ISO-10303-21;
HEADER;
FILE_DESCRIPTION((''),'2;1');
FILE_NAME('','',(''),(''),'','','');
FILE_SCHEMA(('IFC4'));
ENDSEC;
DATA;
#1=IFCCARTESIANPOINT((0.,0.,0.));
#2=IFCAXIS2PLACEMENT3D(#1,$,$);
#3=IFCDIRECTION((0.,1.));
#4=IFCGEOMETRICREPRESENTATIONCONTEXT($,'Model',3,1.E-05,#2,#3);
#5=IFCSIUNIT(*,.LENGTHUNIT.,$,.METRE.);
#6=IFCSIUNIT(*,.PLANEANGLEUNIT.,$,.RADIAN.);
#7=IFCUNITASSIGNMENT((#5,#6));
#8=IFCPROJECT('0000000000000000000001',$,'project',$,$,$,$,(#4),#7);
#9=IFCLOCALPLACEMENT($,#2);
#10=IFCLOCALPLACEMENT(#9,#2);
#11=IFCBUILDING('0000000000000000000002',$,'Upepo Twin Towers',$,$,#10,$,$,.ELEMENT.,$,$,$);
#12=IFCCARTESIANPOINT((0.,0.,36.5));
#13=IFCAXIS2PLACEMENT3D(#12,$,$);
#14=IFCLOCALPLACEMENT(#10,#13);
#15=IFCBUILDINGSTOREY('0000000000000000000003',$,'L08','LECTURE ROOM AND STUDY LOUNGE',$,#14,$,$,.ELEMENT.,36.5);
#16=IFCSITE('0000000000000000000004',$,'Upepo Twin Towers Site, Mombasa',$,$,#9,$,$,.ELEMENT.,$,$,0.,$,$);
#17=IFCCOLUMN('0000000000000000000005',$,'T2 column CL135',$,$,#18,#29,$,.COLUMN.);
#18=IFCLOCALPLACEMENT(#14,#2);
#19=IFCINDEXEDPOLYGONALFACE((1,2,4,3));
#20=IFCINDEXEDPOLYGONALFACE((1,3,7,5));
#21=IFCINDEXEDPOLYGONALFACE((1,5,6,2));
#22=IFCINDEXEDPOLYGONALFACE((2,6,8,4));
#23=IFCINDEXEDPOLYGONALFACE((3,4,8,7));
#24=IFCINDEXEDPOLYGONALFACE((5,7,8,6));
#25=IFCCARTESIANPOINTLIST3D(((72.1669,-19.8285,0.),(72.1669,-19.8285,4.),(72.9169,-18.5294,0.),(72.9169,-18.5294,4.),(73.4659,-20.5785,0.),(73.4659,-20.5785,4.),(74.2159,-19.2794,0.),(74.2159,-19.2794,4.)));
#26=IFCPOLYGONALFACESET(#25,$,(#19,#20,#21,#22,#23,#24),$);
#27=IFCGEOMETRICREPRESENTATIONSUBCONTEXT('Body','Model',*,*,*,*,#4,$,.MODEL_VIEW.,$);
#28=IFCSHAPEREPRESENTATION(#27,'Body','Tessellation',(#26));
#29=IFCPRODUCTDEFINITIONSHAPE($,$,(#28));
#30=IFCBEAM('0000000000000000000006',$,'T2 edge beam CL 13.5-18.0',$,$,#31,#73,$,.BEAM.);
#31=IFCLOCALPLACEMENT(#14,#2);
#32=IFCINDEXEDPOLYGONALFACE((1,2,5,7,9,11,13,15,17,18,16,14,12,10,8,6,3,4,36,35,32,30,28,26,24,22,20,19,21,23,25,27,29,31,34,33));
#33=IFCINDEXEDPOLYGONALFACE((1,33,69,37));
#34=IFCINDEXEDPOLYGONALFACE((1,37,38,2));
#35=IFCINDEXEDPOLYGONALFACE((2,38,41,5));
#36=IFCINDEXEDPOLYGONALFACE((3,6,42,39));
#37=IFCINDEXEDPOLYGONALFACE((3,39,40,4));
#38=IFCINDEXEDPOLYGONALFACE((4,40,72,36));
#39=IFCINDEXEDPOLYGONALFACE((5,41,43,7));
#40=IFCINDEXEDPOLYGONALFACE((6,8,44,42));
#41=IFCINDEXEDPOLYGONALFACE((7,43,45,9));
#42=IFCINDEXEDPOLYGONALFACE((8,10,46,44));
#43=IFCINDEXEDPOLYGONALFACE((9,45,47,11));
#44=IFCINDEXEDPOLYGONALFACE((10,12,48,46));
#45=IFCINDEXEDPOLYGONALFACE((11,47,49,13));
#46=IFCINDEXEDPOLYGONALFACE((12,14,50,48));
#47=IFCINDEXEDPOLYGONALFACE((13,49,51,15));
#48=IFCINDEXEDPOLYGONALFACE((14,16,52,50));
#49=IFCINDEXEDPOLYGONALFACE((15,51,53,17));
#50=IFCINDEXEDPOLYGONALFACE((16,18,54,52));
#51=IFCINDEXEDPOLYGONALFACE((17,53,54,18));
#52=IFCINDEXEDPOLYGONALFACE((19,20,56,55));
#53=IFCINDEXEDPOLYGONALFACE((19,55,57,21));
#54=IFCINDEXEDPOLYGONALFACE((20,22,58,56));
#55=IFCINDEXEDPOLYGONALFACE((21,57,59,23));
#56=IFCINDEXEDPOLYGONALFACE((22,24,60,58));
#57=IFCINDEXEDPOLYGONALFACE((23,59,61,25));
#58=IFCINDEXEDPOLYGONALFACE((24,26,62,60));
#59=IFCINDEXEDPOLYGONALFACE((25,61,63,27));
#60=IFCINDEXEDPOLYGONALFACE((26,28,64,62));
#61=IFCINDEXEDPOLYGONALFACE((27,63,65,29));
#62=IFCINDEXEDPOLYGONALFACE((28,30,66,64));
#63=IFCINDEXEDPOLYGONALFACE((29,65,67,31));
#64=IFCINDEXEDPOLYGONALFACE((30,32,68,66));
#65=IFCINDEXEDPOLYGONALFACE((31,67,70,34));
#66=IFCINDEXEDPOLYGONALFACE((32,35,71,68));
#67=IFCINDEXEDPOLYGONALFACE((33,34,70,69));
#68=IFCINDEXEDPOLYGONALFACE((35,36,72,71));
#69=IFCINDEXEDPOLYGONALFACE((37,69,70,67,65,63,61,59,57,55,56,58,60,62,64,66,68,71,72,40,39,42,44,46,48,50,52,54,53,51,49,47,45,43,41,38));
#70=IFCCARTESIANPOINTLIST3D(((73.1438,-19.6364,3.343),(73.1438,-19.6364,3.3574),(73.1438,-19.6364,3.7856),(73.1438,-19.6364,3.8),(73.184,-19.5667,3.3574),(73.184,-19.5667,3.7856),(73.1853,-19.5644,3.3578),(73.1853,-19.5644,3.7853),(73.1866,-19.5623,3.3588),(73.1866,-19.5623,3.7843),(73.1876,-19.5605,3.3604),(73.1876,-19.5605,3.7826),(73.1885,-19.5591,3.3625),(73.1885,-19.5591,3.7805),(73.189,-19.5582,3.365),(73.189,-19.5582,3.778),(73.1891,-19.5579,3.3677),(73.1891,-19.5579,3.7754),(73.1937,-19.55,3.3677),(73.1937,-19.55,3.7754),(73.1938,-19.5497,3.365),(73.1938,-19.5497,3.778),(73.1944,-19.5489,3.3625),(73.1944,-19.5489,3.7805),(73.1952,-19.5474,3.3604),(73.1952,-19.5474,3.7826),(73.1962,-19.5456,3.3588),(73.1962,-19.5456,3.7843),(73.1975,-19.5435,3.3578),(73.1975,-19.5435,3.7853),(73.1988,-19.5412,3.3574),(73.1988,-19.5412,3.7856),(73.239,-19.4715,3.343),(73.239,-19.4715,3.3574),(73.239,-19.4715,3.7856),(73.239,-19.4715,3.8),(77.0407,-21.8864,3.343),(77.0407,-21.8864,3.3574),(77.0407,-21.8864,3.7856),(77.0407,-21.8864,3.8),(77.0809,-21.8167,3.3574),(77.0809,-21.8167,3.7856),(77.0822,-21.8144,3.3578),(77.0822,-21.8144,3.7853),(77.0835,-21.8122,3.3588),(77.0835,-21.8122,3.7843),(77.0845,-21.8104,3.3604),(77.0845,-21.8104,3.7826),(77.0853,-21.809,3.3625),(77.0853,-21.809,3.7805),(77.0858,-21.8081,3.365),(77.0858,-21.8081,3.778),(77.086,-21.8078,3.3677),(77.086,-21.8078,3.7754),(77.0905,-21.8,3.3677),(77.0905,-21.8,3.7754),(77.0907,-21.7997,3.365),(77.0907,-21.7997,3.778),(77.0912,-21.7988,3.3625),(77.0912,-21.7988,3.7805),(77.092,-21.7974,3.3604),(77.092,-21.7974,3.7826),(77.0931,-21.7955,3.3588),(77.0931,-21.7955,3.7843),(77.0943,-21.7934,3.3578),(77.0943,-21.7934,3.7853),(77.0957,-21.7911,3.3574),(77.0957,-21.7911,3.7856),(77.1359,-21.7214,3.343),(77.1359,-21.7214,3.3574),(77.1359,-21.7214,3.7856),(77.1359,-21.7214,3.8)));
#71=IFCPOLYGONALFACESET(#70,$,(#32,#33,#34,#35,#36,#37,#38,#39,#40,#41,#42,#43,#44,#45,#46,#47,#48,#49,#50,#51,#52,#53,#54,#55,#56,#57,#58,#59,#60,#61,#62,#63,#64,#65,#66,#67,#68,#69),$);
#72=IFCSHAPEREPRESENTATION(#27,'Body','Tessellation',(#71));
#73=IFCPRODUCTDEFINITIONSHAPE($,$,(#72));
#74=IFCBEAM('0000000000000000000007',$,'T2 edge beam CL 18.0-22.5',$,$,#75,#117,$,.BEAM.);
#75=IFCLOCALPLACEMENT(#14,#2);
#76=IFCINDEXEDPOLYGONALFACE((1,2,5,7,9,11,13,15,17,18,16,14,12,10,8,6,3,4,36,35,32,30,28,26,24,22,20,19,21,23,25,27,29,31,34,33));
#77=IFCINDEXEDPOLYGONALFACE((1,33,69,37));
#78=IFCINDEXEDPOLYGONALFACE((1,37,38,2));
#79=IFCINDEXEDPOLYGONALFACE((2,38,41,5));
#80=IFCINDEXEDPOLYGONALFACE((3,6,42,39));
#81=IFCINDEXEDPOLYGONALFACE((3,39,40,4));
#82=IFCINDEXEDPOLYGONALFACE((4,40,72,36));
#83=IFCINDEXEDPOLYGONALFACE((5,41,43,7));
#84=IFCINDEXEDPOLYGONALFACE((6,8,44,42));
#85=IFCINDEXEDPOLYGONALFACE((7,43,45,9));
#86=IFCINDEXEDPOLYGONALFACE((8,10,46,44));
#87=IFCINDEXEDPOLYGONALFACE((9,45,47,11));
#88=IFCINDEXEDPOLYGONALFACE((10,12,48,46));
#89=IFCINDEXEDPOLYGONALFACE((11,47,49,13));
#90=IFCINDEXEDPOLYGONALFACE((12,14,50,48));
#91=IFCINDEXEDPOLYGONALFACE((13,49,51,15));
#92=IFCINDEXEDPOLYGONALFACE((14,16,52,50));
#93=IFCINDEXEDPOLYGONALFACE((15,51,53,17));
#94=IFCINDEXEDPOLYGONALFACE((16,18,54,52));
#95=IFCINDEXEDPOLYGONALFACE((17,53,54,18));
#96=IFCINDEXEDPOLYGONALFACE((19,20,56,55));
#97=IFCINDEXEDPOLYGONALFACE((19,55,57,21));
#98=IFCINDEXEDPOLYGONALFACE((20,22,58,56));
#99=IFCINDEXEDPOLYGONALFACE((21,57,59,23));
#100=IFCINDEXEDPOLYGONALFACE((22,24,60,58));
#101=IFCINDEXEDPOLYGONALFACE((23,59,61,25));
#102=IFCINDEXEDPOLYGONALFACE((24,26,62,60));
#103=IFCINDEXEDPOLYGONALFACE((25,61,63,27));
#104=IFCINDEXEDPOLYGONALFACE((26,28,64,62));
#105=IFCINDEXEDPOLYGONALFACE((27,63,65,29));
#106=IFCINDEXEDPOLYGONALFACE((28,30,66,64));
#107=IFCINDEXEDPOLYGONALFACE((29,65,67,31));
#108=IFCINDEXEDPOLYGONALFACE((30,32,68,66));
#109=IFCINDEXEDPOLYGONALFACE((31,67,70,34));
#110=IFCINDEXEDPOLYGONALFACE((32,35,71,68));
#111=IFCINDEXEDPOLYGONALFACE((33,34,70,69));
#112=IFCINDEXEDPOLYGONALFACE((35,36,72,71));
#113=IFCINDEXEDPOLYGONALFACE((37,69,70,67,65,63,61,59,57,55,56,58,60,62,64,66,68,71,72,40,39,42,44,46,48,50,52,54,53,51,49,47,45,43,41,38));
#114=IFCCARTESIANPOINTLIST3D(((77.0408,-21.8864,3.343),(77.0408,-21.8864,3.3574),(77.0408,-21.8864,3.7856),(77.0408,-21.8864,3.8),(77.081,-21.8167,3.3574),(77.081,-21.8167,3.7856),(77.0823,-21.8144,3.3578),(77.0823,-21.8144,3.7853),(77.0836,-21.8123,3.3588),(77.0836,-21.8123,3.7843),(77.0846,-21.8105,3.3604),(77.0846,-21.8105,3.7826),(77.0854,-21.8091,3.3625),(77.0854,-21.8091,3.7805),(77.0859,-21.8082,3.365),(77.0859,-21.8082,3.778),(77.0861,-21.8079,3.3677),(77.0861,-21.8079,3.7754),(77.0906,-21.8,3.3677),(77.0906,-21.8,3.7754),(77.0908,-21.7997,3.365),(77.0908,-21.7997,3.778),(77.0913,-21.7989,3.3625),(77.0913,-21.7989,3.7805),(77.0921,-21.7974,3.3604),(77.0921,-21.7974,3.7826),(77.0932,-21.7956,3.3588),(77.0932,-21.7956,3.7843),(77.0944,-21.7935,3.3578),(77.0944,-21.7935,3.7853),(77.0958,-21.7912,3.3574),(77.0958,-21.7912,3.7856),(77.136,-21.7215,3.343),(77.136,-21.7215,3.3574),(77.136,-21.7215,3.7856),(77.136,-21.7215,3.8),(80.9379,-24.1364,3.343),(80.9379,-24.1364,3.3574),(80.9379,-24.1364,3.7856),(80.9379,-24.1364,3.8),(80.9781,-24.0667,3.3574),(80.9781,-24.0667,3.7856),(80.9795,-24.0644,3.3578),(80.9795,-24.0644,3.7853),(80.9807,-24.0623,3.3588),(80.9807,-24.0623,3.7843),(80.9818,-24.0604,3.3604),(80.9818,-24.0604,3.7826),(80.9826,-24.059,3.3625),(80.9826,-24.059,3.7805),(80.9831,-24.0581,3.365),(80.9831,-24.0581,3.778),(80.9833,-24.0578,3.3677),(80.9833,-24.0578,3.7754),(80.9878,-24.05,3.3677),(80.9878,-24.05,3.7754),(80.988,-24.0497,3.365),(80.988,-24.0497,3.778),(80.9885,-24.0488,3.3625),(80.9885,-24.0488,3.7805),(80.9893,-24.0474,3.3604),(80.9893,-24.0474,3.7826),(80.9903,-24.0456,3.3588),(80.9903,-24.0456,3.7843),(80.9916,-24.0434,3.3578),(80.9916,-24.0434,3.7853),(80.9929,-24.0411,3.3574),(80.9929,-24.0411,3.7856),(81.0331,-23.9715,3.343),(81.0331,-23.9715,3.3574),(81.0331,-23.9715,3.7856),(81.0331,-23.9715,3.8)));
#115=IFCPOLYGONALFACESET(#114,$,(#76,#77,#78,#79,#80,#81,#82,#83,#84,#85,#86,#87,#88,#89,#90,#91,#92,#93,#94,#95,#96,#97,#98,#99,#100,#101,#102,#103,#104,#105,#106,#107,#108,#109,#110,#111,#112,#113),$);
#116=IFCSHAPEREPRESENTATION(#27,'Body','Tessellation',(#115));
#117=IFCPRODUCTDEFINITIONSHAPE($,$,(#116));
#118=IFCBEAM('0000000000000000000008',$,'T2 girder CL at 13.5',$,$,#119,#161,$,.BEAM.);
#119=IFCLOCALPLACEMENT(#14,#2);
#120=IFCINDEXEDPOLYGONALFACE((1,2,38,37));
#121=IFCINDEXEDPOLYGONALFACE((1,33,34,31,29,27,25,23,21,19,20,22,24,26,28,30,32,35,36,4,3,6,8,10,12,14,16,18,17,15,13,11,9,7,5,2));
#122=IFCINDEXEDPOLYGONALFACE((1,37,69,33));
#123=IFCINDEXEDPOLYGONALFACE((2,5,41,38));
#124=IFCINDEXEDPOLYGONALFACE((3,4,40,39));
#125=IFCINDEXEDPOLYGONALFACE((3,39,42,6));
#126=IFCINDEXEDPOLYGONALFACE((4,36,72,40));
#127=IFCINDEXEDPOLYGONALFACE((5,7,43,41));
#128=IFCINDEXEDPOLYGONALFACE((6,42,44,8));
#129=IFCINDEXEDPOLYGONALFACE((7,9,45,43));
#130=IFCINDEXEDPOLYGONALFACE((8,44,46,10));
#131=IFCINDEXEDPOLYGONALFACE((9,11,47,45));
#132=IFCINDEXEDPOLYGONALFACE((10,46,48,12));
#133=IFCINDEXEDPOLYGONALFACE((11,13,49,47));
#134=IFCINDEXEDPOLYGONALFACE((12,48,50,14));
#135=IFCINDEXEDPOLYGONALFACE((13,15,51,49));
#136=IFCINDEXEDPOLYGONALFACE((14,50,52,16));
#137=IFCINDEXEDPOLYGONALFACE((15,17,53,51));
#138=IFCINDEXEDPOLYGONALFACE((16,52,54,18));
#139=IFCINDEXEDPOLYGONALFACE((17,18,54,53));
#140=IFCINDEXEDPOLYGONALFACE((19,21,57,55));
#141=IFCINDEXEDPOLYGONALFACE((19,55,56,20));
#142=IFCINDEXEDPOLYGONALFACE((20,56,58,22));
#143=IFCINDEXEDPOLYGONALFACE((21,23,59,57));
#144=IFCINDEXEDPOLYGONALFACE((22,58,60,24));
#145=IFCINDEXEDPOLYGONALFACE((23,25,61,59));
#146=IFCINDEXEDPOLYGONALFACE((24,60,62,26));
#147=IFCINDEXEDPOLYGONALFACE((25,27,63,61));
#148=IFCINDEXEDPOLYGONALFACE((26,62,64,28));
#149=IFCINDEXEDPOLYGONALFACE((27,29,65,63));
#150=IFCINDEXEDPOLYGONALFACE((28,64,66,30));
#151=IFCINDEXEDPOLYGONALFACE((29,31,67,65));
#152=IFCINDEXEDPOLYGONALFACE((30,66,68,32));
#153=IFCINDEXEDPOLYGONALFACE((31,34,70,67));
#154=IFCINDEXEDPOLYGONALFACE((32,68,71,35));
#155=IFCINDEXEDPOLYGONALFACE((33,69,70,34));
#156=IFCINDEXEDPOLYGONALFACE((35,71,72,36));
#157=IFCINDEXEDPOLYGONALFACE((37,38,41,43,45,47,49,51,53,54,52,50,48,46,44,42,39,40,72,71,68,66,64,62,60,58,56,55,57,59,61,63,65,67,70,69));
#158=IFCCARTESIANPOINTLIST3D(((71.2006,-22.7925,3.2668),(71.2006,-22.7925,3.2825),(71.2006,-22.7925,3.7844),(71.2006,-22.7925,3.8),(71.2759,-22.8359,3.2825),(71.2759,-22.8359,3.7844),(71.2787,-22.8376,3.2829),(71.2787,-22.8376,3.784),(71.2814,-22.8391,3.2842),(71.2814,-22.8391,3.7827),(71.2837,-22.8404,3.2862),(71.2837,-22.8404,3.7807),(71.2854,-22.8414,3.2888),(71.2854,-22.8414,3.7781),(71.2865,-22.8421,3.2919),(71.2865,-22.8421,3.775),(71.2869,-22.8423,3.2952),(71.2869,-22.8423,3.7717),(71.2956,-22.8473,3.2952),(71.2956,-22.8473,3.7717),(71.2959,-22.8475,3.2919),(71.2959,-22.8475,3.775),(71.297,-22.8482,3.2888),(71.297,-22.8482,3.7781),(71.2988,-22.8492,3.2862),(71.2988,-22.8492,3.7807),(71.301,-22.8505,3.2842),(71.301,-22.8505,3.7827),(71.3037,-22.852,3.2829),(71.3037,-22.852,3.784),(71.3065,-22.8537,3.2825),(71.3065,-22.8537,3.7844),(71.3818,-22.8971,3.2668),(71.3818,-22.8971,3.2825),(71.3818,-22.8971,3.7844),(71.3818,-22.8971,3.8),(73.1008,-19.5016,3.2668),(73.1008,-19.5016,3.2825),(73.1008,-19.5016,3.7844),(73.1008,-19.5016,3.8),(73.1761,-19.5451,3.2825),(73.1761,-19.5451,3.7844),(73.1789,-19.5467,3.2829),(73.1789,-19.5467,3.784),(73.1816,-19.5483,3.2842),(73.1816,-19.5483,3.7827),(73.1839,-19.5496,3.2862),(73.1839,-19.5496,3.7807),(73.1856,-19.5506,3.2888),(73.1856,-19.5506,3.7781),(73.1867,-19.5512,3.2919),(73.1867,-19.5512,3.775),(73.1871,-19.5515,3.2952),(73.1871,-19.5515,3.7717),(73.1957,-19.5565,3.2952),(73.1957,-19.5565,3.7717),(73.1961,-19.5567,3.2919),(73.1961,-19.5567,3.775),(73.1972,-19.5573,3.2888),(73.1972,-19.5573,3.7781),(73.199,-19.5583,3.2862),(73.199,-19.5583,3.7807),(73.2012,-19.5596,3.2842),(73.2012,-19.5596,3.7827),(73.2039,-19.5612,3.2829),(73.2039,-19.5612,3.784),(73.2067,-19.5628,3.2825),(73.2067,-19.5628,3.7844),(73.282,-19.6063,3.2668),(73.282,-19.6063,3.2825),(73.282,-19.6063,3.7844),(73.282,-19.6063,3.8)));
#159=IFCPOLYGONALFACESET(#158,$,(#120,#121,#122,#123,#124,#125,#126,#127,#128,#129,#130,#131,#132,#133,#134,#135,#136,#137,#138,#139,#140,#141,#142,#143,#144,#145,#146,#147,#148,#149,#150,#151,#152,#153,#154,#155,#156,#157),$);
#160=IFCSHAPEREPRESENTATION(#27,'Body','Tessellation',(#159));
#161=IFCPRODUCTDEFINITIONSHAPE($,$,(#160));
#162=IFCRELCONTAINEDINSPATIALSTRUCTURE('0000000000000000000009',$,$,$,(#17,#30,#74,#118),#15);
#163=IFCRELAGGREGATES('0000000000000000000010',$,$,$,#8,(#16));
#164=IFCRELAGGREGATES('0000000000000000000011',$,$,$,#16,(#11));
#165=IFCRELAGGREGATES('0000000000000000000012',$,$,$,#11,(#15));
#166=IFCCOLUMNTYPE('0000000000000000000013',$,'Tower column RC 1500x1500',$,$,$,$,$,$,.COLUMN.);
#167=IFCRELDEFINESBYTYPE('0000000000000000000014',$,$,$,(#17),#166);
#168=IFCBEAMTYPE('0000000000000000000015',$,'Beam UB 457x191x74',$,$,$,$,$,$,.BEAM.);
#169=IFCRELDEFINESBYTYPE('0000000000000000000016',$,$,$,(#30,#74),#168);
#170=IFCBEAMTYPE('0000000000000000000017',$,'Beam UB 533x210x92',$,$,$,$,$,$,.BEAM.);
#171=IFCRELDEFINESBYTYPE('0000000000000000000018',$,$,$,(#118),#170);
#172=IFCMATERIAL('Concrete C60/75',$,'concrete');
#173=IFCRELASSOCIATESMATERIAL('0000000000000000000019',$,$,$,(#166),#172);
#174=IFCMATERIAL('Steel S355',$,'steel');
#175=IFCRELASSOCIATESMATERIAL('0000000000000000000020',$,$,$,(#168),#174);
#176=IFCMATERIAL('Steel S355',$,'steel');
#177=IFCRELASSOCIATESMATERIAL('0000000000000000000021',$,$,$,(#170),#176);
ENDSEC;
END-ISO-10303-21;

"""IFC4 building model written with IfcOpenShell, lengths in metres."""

from ifc_helpers import new_model, si_unit, direction, frame, origin, origin_2d, place, context, subcontext, project, spatial, rectangle, i_section, extrude, material, material_profile, profile_set, type_object, element, save


model = new_model("IFC4")

# Units and contexts
model_context = context("Model", 3, precision=1e-05, world=origin(), true_north=direction((0.0, 1.0)))
body_context = subcontext(model_context, "Body", "Model", "MODEL_VIEW")
ifc_project = project(units=[si_unit("LENGTHUNIT", "METRE"), si_unit("PLANEANGLEUNIT", "RADIAN")], contexts=[model_context])

# Site, building, storey
site_placement = place(None, origin())
site = spatial("IfcSite", under=ifc_project, at=site_placement, Name="Upepo Twin Towers Site, Mombasa", CompositionType="ELEMENT", RefElevation=0.0)
building_placement = place(site_placement, origin())
building = spatial("IfcBuilding", under=site, at=building_placement, Name="Upepo Twin Towers", CompositionType="ELEMENT")
storey_placement = place(building_placement, frame((0.0, 0.0, 36.5)))
storey = spatial("IfcBuildingStorey", under=building, at=storey_placement, Name="L08", Description="LECTURE ROOM AND STUDY LOUNGE", CompositionType="ELEMENT", Elevation=36.5)

# Column
ifc_material_1 = material(Name="Concrete C60/75", Category="concrete")
ifc_material_profile_1 = material_profile(ifc_material_1, rectangle(XDim=1.5, YDim=1.5, at=origin_2d()), Name="RC 1500x1500")
ifc_profile_set_1 = profile_set([ifc_material_profile_1], Name="Concrete C60/75")
column_type = type_object("IfcColumnType", Name="Tower column RC 1500x1500", PredefinedType="COLUMN", material=ifc_profile_set_1)
column_placement = place(storey_placement, frame((73.1914, -19.554, 0.0), z_axis=(0.0, 0.0, 1.0), x_axis=(0.5, 0.866025, 0.0)))
element("IfcColumn", 1, at=column_placement, inside=storey, type_object=column_type, Name="T2 column CL135", PredefinedType="COLUMN", context=body_context, shape_type="SweptSolid", body=[
    extrude(rectangle(XDim=1.5, YDim=1.5, at=origin_2d()), origin(), (0.0, 0.0, 1.0), 4.0),
])

# Beams
ifc_material_2 = material(Name="Steel S355", Category="steel")
ifc_material_profile_2 = material_profile(ifc_material_2, i_section(OverallWidth=0.1904, OverallDepth=0.457, WebThickness=0.009, FlangeThickness=0.0144, FilletRadius=0.0103, at=origin_2d()), Name="UB 457x191x74")
ifc_profile_set_2 = profile_set([ifc_material_profile_2], Name="Steel S355")
beam_type_1 = type_object("IfcBeamType", Name="Beam UB 457x191x74", PredefinedType="BEAM", material=ifc_profile_set_2)
beam_1_placement = place(storey_placement, frame((73.1914, -19.554, 3.5715), z_axis=(0.866018, -0.500014, 0.0), x_axis=(0.500014, 0.866018, 0.0)))
element("IfcBeam", 2, at=beam_1_placement, inside=storey, type_object=beam_type_1, Name="T2 edge beam CL 13.5-18.0", PredefinedType="BEAM", context=body_context, shape_type="SweptSolid", body=[
    extrude(i_section(OverallWidth=0.1904, OverallDepth=0.457, WebThickness=0.009, FlangeThickness=0.0144, FilletRadius=0.0103, at=origin_2d()), origin(), (0.0, 0.0, 1.0), 4.4998),
])
beam_2_placement = place(storey_placement, frame((77.0884, -21.804, 3.5715), z_axis=(0.866031, -0.49999, 0.0), x_axis=(0.49999, 0.866031, 0.0)))
element("IfcBeam", 3, at=beam_2_placement, inside=storey, type_object=beam_type_1, Name="T2 edge beam CL 18.0-22.5", PredefinedType="BEAM", context=body_context, shape_type="SweptSolid", body=[
    extrude(i_section(OverallWidth=0.1904, OverallDepth=0.457, WebThickness=0.009, FlangeThickness=0.0144, FilletRadius=0.0103, at=origin_2d()), origin(), (0.0, 0.0, 1.0), 4.5),
])
ifc_material_3 = material(Name="Steel S355", Category="steel")
ifc_material_profile_3 = material_profile(ifc_material_3, i_section(OverallWidth=0.2092, OverallDepth=0.5332, WebThickness=0.01, FlangeThickness=0.0156, FilletRadius=0.0127, at=origin_2d()), Name="UB 533x210x92")
ifc_profile_set_3 = profile_set([ifc_material_profile_3], Name="Steel S355")
beam_type_2 = type_object("IfcBeamType", Name="Beam UB 533x210x92", PredefinedType="BEAM", material=ifc_profile_set_3)
beam_3_placement = place(storey_placement, frame((73.1914, -19.554, 3.5334), z_axis=(-0.500043, -0.866, 0.0), x_axis=(0.866, -0.500043, 0.0)))
element("IfcBeam", 4, at=beam_3_placement, inside=storey, type_object=beam_type_2, Name="T2 girder CL at 13.5", PredefinedType="BEAM", context=body_context, shape_type="SweptSolid", body=[
    extrude(i_section(OverallWidth=0.2092, OverallDepth=0.5332, WebThickness=0.01, FlangeThickness=0.0156, FilletRadius=0.0127, at=origin_2d()), origin(), (0.0, 0.0, 1.0), 3.8),
])

save(model, "model.ifc")
